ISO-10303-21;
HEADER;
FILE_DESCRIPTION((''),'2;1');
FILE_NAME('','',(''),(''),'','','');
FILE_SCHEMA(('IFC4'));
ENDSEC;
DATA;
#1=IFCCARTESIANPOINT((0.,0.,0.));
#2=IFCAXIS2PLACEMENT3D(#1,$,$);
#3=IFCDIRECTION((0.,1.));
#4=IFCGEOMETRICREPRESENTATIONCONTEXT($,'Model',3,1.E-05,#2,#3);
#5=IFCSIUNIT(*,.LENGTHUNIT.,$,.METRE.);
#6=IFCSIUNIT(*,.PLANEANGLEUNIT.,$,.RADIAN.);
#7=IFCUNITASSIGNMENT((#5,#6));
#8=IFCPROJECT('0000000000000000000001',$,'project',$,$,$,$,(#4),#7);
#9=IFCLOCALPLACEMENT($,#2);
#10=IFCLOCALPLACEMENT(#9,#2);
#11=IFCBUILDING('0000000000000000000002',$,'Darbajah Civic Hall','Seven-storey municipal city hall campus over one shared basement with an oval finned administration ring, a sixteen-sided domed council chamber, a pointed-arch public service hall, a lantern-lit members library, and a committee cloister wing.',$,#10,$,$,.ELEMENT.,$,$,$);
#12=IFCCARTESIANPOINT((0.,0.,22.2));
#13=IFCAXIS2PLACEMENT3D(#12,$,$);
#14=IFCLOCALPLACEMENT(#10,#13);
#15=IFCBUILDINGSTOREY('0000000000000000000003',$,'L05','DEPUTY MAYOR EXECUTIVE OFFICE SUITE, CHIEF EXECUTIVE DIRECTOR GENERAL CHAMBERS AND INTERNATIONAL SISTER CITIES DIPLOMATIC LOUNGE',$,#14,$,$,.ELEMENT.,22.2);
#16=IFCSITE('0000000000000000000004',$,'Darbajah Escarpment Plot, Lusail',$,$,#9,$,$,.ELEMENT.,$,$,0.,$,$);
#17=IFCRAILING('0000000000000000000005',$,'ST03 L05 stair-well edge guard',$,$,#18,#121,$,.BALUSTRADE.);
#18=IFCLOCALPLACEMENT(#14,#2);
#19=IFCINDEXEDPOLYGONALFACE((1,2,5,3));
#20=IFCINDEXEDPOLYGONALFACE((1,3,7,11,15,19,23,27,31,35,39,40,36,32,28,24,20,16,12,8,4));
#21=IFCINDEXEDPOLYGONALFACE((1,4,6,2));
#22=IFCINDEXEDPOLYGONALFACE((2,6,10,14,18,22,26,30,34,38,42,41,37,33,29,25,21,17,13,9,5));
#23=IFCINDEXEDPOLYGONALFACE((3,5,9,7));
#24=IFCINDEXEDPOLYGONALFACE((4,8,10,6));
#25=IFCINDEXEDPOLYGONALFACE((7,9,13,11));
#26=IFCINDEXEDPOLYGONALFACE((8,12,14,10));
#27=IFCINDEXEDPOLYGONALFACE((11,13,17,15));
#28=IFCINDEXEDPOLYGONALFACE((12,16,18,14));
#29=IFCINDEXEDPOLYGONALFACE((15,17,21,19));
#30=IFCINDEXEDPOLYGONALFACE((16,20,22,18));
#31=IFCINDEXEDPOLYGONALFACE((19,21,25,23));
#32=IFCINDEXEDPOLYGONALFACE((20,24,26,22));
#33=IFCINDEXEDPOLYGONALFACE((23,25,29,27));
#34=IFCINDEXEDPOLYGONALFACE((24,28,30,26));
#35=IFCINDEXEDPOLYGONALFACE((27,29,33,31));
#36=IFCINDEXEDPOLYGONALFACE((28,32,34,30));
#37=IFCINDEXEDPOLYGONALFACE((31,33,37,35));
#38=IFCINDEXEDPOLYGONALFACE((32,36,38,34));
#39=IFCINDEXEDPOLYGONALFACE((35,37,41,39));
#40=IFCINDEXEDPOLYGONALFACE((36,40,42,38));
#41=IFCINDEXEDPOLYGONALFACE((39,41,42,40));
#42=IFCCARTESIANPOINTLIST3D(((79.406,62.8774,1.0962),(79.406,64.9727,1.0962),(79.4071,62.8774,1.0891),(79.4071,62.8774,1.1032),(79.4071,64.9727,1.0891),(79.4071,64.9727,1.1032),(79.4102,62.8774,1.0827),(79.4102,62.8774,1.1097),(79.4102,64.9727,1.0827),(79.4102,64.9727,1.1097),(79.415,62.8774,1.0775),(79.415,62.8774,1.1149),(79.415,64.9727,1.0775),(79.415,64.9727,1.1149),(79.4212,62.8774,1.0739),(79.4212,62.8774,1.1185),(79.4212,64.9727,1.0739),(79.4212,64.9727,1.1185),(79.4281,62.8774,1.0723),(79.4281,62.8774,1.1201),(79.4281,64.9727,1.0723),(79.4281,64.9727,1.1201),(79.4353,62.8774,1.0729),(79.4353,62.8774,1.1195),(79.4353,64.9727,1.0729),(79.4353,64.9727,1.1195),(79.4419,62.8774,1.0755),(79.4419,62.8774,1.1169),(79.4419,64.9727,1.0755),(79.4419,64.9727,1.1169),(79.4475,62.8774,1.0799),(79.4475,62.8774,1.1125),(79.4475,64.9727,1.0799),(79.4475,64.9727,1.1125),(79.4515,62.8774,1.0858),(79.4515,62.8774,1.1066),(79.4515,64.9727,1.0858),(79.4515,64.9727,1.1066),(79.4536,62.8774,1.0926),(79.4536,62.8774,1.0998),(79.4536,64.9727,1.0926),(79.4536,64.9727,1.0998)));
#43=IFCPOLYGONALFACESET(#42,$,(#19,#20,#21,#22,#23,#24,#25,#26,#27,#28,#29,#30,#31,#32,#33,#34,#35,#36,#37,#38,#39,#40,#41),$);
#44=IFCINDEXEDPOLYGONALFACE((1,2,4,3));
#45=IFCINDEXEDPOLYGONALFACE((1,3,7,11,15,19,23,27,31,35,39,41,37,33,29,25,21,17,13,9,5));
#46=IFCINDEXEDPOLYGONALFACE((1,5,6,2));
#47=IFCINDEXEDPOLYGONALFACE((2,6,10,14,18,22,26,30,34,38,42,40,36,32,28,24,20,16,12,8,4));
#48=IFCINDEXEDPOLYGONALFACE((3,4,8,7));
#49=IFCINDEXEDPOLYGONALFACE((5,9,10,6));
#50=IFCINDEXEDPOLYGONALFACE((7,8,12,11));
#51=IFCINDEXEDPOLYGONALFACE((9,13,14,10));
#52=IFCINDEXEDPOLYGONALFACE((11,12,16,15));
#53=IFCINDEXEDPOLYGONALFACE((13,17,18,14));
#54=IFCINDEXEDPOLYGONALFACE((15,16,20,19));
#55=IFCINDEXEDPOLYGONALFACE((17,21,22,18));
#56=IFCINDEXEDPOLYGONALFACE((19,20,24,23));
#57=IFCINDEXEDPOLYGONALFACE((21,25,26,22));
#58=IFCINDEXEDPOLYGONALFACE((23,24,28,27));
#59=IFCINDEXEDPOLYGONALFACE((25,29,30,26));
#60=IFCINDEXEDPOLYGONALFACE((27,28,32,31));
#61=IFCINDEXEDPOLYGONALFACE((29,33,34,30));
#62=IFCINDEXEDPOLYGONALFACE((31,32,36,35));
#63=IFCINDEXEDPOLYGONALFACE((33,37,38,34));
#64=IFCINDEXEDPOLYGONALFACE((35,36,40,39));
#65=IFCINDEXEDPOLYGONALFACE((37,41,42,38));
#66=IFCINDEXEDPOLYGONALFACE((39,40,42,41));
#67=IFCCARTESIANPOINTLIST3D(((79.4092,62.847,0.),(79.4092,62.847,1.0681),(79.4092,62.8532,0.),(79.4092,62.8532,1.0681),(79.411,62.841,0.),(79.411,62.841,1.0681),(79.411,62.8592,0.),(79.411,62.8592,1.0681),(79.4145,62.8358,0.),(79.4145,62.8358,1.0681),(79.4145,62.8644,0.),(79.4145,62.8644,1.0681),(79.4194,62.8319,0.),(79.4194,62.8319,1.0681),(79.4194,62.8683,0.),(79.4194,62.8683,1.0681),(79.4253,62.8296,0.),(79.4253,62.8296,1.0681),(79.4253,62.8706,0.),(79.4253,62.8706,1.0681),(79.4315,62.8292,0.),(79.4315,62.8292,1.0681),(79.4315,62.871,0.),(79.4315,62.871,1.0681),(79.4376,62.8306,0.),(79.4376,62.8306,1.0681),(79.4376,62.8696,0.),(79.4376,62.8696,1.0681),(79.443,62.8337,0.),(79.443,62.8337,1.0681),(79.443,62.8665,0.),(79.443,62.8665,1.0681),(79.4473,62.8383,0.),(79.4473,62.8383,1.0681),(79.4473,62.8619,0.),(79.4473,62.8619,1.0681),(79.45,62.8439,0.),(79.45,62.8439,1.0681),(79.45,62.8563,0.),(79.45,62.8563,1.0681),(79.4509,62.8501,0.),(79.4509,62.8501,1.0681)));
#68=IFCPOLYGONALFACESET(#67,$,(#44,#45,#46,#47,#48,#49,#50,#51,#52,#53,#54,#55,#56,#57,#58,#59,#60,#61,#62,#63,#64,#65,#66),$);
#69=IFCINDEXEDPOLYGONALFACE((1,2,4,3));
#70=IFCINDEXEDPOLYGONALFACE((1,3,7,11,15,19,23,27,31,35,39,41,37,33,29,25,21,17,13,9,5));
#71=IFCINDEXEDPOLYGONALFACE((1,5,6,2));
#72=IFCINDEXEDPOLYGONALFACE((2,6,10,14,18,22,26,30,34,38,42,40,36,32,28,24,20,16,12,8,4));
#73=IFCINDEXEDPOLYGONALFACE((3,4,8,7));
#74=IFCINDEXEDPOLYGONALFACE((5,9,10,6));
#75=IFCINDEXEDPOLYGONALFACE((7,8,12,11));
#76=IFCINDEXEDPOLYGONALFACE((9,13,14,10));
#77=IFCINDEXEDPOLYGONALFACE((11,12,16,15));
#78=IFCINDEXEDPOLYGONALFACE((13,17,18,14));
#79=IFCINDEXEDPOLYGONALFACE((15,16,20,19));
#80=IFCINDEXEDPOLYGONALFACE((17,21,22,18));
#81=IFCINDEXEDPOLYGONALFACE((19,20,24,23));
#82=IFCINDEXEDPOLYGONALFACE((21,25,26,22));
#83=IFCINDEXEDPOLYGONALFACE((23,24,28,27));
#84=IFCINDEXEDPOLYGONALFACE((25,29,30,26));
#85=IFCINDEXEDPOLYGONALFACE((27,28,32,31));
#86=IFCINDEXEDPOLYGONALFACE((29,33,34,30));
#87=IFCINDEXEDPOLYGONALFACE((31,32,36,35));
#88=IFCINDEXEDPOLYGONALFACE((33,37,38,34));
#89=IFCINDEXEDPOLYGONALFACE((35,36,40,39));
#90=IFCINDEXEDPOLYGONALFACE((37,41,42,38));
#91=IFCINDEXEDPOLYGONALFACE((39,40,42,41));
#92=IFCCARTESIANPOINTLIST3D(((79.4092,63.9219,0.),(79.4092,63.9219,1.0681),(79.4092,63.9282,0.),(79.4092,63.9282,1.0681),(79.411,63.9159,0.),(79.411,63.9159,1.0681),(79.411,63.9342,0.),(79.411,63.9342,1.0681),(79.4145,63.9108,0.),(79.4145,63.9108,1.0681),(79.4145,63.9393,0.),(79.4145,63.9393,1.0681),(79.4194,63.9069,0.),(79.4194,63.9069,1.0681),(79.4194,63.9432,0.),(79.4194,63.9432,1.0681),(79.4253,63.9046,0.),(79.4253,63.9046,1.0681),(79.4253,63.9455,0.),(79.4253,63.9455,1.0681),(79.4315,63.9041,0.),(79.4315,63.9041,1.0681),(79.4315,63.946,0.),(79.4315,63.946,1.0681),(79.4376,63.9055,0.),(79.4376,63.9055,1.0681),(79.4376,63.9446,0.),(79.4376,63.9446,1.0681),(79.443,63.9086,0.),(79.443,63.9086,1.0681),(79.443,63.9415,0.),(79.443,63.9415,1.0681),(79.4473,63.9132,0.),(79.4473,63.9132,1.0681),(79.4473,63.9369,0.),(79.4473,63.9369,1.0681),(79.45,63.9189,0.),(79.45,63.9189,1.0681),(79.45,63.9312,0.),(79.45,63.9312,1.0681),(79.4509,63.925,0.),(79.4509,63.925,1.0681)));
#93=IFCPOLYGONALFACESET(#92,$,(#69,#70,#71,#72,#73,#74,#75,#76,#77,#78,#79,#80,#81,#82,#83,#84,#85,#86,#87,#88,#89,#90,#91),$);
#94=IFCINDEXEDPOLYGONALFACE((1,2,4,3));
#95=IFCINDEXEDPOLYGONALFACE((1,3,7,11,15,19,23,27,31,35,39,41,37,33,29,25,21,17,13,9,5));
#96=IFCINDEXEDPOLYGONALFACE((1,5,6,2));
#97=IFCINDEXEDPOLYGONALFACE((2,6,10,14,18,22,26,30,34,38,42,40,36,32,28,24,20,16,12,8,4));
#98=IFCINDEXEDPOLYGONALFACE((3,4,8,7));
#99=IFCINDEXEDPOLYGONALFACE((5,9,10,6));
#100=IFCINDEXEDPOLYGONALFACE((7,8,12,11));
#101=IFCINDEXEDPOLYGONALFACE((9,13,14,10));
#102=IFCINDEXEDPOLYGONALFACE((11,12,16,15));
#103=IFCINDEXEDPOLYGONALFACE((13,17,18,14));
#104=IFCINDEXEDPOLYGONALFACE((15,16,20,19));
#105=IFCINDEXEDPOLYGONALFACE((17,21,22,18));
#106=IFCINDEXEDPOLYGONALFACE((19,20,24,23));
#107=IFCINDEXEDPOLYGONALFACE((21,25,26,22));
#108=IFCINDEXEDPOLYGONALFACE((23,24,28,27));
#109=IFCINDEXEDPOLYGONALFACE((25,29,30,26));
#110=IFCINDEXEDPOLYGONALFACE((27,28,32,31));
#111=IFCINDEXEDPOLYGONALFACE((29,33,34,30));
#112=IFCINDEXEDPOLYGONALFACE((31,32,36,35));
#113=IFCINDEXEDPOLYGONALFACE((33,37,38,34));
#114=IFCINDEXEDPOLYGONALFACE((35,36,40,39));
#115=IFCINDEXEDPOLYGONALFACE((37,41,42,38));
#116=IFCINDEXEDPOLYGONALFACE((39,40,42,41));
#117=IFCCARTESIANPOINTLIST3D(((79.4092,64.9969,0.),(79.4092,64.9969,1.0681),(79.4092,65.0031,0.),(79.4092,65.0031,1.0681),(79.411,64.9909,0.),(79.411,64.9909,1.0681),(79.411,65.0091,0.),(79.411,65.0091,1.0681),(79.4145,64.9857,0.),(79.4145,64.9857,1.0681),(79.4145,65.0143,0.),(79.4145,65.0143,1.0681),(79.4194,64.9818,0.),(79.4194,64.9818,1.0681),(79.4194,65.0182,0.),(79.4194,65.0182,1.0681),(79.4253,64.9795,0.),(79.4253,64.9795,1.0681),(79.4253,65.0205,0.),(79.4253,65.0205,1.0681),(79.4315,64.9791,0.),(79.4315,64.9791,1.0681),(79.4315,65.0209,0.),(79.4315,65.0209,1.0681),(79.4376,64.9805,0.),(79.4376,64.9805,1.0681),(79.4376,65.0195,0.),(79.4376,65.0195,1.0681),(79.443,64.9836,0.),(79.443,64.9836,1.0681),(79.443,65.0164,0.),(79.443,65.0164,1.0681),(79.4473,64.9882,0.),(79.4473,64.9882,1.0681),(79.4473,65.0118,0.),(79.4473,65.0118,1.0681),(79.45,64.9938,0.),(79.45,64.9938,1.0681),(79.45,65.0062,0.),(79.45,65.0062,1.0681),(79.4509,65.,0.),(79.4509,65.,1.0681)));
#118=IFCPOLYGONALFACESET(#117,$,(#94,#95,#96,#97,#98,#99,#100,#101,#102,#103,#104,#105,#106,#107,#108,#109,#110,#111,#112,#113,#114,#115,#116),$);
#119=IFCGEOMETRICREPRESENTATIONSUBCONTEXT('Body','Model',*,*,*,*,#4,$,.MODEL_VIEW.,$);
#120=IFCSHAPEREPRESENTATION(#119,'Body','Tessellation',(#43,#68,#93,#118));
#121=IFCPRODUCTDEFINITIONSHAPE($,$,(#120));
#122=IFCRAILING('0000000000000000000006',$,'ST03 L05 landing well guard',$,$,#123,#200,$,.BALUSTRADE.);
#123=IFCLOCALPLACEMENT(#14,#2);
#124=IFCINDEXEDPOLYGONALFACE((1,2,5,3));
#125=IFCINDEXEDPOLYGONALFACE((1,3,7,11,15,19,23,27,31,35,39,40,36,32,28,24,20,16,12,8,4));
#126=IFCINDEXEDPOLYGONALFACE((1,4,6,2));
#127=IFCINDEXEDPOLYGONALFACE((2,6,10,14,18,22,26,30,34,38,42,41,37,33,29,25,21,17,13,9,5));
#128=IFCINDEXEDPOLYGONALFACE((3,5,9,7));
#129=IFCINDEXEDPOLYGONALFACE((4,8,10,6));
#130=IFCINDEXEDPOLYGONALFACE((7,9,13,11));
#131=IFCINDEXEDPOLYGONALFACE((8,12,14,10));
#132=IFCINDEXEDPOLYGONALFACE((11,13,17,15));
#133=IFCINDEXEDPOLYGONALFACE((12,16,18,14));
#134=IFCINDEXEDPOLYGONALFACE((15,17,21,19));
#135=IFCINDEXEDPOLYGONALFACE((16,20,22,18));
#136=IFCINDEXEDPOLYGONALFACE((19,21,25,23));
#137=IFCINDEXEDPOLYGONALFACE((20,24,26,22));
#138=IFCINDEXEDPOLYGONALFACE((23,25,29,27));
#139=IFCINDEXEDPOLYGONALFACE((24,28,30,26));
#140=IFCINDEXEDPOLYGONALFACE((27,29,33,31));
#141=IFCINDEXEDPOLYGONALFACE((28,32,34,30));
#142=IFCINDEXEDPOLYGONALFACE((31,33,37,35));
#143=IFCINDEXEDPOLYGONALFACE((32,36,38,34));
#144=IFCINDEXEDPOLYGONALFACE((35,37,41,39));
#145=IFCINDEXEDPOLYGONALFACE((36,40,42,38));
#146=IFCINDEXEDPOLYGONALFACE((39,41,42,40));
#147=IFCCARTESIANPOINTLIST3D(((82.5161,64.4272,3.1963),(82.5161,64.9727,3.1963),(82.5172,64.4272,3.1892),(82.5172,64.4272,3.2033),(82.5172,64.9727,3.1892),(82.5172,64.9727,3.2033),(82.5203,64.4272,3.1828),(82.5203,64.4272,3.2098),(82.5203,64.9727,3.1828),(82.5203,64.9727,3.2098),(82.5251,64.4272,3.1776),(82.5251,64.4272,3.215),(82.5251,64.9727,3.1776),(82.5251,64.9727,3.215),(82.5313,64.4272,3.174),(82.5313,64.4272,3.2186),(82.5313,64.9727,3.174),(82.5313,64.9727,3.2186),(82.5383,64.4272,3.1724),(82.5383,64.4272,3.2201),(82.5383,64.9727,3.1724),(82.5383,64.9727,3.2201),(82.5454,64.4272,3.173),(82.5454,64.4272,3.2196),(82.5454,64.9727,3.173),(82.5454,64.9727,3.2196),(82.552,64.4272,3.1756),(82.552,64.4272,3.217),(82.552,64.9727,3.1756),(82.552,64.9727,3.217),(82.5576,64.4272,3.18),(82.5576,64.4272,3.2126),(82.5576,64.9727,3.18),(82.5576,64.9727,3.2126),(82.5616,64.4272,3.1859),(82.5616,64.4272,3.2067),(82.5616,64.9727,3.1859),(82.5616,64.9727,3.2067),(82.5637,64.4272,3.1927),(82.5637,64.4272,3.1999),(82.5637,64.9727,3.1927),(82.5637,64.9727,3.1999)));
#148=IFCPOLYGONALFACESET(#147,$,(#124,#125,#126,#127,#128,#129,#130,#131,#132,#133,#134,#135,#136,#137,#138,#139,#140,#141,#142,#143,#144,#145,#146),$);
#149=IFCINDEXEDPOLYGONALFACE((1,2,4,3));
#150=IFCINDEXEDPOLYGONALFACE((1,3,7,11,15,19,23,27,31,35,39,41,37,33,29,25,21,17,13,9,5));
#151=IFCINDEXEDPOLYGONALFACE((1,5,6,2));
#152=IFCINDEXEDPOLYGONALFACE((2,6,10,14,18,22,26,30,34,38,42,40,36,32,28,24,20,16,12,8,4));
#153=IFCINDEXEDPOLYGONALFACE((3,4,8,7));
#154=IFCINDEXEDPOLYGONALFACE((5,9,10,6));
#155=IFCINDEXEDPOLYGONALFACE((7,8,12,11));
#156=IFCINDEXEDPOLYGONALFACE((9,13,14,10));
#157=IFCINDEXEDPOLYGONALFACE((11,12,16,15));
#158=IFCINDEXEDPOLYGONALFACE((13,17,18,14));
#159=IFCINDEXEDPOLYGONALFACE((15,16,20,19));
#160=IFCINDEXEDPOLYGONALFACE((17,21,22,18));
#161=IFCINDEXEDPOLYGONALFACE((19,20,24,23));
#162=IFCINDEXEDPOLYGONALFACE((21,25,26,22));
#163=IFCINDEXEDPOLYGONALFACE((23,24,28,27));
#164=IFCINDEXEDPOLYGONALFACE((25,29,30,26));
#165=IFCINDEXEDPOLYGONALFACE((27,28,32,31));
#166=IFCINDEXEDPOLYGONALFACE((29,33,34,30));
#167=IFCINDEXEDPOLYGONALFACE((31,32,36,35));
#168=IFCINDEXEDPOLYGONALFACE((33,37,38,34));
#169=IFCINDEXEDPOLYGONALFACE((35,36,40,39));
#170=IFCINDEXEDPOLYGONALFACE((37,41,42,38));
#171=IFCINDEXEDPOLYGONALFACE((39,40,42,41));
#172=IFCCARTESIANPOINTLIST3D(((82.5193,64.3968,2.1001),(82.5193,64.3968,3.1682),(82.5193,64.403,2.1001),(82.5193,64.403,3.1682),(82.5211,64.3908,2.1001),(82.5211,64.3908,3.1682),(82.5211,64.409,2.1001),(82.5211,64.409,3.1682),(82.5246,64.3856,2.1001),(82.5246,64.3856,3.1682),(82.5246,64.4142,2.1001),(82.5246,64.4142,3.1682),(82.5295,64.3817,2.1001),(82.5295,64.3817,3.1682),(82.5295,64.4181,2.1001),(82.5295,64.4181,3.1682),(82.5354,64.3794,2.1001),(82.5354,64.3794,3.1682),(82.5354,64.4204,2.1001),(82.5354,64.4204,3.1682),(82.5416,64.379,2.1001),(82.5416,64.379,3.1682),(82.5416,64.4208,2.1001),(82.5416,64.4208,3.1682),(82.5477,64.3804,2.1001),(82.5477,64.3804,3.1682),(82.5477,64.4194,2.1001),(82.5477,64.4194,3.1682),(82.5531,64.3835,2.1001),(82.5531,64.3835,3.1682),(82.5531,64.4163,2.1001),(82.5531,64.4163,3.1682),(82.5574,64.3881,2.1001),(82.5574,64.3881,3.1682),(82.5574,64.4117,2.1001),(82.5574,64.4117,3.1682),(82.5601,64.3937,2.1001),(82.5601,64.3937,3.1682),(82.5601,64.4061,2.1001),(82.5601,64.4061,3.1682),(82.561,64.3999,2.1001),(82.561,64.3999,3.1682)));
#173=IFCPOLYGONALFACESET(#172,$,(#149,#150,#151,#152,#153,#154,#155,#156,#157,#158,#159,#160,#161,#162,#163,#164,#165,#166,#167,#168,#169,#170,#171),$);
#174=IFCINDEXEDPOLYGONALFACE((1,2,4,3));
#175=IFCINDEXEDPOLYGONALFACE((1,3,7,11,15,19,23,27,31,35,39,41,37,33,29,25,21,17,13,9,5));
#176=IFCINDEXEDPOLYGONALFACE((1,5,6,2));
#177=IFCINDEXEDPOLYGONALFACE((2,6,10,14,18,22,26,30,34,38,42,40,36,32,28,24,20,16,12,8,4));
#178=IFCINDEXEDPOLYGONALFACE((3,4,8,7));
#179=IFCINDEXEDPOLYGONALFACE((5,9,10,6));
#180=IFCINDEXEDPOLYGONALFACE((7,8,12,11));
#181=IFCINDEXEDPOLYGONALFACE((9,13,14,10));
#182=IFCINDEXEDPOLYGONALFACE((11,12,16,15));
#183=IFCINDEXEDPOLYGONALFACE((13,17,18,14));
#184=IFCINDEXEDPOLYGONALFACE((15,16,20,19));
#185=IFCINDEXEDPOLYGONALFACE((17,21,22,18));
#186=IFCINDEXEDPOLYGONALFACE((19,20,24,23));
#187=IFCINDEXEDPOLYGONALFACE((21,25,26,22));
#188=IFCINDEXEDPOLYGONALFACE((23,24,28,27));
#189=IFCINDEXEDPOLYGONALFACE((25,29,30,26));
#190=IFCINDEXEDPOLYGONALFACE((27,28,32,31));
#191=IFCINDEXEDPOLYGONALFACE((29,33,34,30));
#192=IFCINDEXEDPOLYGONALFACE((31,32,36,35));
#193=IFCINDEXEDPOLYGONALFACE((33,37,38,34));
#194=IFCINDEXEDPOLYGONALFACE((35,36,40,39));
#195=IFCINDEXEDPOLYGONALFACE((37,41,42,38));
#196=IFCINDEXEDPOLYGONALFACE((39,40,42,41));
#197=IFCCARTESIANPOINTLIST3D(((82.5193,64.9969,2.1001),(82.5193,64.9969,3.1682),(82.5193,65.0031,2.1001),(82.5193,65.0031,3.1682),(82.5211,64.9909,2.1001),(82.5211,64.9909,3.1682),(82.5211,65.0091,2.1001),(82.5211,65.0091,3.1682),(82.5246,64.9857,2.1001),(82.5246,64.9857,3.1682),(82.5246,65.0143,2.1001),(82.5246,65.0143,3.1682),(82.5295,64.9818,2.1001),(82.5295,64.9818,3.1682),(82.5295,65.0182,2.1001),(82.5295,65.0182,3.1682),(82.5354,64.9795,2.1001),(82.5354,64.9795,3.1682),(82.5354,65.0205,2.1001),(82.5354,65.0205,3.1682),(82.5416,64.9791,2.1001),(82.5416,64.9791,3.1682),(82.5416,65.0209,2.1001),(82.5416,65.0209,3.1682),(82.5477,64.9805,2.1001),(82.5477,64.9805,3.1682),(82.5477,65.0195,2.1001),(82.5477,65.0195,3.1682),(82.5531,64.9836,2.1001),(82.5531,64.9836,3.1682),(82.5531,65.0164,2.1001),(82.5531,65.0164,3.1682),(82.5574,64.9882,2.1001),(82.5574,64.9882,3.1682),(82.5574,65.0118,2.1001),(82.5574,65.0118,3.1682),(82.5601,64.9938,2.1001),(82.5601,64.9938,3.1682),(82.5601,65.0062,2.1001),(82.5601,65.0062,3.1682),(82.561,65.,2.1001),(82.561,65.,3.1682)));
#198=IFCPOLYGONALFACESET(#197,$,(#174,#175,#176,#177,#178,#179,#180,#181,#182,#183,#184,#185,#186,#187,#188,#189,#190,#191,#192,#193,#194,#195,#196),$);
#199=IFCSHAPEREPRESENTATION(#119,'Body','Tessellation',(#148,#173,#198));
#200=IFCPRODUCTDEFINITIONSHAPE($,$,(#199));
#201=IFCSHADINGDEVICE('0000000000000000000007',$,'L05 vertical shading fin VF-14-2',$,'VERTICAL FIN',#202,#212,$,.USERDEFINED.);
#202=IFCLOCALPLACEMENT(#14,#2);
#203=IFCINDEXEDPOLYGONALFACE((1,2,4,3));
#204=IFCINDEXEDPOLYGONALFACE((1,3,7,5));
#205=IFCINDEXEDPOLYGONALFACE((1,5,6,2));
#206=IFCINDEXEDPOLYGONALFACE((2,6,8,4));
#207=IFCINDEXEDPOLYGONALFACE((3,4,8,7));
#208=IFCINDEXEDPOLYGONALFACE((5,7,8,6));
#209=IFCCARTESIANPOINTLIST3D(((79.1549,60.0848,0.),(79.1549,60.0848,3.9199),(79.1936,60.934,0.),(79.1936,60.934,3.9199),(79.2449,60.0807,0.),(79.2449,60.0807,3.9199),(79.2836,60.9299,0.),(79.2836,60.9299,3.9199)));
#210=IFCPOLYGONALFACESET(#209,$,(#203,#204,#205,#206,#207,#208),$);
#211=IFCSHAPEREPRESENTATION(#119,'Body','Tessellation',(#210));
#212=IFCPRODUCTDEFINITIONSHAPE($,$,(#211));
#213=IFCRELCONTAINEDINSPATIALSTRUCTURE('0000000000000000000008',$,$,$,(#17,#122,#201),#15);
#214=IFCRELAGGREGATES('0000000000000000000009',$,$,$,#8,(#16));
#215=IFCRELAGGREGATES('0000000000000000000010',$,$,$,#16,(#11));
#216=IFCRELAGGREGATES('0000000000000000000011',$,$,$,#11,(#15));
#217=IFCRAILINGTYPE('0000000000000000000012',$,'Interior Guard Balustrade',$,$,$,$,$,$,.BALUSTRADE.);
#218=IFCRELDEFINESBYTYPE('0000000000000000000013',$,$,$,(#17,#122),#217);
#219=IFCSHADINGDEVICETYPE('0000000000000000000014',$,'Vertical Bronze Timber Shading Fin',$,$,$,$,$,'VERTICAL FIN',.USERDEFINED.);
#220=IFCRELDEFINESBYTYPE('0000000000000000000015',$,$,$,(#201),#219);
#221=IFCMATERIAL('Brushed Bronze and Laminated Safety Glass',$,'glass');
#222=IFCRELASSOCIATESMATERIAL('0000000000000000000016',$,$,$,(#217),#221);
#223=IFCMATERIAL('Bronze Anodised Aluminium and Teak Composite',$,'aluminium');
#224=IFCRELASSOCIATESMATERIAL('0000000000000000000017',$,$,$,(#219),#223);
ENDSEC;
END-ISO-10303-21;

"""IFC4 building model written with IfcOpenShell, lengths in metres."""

from ifc_helpers import new_model, si_unit, direction, frame, origin, origin_2d, place, context, subcontext, project, spatial, rectangle, circle, extrude, material, type_object, element, save


model = new_model("IFC4")

# Units and contexts
model_context = context("Model", 3, precision=1e-05, world=origin(), true_north=direction((0.0, 1.0)))
body_context = subcontext(model_context, "Body", "Model", "MODEL_VIEW")
ifc_project = project(units=[si_unit("LENGTHUNIT", "METRE"), si_unit("PLANEANGLEUNIT", "RADIAN")], contexts=[model_context])

# Site, building, storey
site_placement = place(None, origin())
site = spatial("IfcSite", under=ifc_project, at=site_placement, Name="Darbajah Escarpment Plot, Lusail", CompositionType="ELEMENT", RefElevation=0.0)
building_placement = place(site_placement, origin())
building = spatial("IfcBuilding", under=site, at=building_placement, Name="Darbajah Civic Hall", Description="Seven-storey municipal city hall campus over one shared basement with an oval finned administration ring, a sixteen-sided domed council chamber, a pointed-arch public service hall, a lantern-lit members library, and a committee cloister wing.", CompositionType="ELEMENT")
storey_placement = place(building_placement, frame((0.0, 0.0, 22.2)))
storey = spatial("IfcBuildingStorey", under=building, at=storey_placement, Name="L05", Description="DEPUTY MAYOR EXECUTIVE OFFICE SUITE, CHIEF EXECUTIVE DIRECTOR GENERAL CHAMBERS AND INTERNATIONAL SISTER CITIES DIPLOMATIC LOUNGE", CompositionType="ELEMENT", Elevation=22.2)

# Railings
ifc_material_1 = material(Name="Brushed Bronze and Laminated Safety Glass", Category="glass")
railing_type_1 = type_object("IfcRailingType", Name="Interior Guard Balustrade", PredefinedType="BALUSTRADE", material=ifc_material_1)
railing_1_placement = place(storey_placement, frame((79.4299, 62.8501, 0.0)))
element("IfcRailing", 1, at=railing_1_placement, inside=storey, type_object=railing_type_1, Name="ST03 L05 stair-well edge guard", PredefinedType="BALUSTRADE", context=body_context, shape_type="SweptSolid", body=[
    extrude(circle(Radius=0.0239, at=origin_2d()), frame((0.0, 0.0273, 1.0962), z_axis=(0.0, 1.0, 0.0), x_axis=(-1.0, 0.0, 0.0)), (0.0, 0.0, 1.0), 2.0952),
    extrude(circle(Radius=0.021, at=origin_2d()), origin(), (0.0, 0.0, 1.0), 1.0681),
    extrude(circle(Radius=0.021, at=origin_2d()), frame((0.0, 1.075, 0.0)), (0.0, 0.0, 1.0), 1.0681),
    extrude(circle(Radius=0.021, at=origin_2d()), frame((0.0, 2.1499, 0.0)), (0.0, 0.0, 1.0), 1.0681),
])
railing_2_placement = place(storey_placement, frame((82.54, 64.3999, 2.1001)))
element("IfcRailing", 2, at=railing_2_placement, inside=storey, type_object=railing_type_1, Name="ST03 L05 landing well guard", PredefinedType="BALUSTRADE", context=body_context, shape_type="SweptSolid", body=[
    extrude(circle(Radius=0.0239, at=origin_2d()), frame((0.0, 0.0273, 1.0962), z_axis=(0.0, 1.0, 0.0), x_axis=(-1.0, 0.0, 0.0)), (0.0, 0.0, 1.0), 0.5454),
    extrude(circle(Radius=0.021, at=origin_2d()), origin(), (0.0, 0.0, 1.0), 1.0681),
    extrude(circle(Radius=0.021, at=origin_2d()), frame((0.0, 0.6001, 0.0)), (0.0, 0.0, 1.0), 1.0681),
])

# Shading device
ifc_material_2 = material(Name="Bronze Anodised Aluminium and Teak Composite", Category="aluminium")
shading_device_type = type_object("IfcShadingDeviceType", Name="Vertical Bronze Timber Shading Fin", ElementType="VERTICAL FIN", PredefinedType="USERDEFINED", material=ifc_material_2)
for number, where, z_axis, x_axis, name in (
    (3, (79.2192, 60.5073, 0.0), (0.0, 0.0, 1.0), (-0.045537, -0.998963, 0.0), "L05 vertical shading fin VF-14-2"),
):
    element("IfcShadingDevice", number, at=place(storey_placement, frame(where, z_axis=z_axis, x_axis=x_axis)), inside=storey, type_object=shading_device_type, Name=name, ObjectType="VERTICAL FIN", PredefinedType="USERDEFINED", context=body_context, shape_type="SweptSolid", body=[
        extrude(rectangle(XDim=0.8501, YDim=0.0901, at=origin_2d()), origin(), (0.0, 0.0, 1.0), 3.9199),
    ])

save(model, "model.ifc")
